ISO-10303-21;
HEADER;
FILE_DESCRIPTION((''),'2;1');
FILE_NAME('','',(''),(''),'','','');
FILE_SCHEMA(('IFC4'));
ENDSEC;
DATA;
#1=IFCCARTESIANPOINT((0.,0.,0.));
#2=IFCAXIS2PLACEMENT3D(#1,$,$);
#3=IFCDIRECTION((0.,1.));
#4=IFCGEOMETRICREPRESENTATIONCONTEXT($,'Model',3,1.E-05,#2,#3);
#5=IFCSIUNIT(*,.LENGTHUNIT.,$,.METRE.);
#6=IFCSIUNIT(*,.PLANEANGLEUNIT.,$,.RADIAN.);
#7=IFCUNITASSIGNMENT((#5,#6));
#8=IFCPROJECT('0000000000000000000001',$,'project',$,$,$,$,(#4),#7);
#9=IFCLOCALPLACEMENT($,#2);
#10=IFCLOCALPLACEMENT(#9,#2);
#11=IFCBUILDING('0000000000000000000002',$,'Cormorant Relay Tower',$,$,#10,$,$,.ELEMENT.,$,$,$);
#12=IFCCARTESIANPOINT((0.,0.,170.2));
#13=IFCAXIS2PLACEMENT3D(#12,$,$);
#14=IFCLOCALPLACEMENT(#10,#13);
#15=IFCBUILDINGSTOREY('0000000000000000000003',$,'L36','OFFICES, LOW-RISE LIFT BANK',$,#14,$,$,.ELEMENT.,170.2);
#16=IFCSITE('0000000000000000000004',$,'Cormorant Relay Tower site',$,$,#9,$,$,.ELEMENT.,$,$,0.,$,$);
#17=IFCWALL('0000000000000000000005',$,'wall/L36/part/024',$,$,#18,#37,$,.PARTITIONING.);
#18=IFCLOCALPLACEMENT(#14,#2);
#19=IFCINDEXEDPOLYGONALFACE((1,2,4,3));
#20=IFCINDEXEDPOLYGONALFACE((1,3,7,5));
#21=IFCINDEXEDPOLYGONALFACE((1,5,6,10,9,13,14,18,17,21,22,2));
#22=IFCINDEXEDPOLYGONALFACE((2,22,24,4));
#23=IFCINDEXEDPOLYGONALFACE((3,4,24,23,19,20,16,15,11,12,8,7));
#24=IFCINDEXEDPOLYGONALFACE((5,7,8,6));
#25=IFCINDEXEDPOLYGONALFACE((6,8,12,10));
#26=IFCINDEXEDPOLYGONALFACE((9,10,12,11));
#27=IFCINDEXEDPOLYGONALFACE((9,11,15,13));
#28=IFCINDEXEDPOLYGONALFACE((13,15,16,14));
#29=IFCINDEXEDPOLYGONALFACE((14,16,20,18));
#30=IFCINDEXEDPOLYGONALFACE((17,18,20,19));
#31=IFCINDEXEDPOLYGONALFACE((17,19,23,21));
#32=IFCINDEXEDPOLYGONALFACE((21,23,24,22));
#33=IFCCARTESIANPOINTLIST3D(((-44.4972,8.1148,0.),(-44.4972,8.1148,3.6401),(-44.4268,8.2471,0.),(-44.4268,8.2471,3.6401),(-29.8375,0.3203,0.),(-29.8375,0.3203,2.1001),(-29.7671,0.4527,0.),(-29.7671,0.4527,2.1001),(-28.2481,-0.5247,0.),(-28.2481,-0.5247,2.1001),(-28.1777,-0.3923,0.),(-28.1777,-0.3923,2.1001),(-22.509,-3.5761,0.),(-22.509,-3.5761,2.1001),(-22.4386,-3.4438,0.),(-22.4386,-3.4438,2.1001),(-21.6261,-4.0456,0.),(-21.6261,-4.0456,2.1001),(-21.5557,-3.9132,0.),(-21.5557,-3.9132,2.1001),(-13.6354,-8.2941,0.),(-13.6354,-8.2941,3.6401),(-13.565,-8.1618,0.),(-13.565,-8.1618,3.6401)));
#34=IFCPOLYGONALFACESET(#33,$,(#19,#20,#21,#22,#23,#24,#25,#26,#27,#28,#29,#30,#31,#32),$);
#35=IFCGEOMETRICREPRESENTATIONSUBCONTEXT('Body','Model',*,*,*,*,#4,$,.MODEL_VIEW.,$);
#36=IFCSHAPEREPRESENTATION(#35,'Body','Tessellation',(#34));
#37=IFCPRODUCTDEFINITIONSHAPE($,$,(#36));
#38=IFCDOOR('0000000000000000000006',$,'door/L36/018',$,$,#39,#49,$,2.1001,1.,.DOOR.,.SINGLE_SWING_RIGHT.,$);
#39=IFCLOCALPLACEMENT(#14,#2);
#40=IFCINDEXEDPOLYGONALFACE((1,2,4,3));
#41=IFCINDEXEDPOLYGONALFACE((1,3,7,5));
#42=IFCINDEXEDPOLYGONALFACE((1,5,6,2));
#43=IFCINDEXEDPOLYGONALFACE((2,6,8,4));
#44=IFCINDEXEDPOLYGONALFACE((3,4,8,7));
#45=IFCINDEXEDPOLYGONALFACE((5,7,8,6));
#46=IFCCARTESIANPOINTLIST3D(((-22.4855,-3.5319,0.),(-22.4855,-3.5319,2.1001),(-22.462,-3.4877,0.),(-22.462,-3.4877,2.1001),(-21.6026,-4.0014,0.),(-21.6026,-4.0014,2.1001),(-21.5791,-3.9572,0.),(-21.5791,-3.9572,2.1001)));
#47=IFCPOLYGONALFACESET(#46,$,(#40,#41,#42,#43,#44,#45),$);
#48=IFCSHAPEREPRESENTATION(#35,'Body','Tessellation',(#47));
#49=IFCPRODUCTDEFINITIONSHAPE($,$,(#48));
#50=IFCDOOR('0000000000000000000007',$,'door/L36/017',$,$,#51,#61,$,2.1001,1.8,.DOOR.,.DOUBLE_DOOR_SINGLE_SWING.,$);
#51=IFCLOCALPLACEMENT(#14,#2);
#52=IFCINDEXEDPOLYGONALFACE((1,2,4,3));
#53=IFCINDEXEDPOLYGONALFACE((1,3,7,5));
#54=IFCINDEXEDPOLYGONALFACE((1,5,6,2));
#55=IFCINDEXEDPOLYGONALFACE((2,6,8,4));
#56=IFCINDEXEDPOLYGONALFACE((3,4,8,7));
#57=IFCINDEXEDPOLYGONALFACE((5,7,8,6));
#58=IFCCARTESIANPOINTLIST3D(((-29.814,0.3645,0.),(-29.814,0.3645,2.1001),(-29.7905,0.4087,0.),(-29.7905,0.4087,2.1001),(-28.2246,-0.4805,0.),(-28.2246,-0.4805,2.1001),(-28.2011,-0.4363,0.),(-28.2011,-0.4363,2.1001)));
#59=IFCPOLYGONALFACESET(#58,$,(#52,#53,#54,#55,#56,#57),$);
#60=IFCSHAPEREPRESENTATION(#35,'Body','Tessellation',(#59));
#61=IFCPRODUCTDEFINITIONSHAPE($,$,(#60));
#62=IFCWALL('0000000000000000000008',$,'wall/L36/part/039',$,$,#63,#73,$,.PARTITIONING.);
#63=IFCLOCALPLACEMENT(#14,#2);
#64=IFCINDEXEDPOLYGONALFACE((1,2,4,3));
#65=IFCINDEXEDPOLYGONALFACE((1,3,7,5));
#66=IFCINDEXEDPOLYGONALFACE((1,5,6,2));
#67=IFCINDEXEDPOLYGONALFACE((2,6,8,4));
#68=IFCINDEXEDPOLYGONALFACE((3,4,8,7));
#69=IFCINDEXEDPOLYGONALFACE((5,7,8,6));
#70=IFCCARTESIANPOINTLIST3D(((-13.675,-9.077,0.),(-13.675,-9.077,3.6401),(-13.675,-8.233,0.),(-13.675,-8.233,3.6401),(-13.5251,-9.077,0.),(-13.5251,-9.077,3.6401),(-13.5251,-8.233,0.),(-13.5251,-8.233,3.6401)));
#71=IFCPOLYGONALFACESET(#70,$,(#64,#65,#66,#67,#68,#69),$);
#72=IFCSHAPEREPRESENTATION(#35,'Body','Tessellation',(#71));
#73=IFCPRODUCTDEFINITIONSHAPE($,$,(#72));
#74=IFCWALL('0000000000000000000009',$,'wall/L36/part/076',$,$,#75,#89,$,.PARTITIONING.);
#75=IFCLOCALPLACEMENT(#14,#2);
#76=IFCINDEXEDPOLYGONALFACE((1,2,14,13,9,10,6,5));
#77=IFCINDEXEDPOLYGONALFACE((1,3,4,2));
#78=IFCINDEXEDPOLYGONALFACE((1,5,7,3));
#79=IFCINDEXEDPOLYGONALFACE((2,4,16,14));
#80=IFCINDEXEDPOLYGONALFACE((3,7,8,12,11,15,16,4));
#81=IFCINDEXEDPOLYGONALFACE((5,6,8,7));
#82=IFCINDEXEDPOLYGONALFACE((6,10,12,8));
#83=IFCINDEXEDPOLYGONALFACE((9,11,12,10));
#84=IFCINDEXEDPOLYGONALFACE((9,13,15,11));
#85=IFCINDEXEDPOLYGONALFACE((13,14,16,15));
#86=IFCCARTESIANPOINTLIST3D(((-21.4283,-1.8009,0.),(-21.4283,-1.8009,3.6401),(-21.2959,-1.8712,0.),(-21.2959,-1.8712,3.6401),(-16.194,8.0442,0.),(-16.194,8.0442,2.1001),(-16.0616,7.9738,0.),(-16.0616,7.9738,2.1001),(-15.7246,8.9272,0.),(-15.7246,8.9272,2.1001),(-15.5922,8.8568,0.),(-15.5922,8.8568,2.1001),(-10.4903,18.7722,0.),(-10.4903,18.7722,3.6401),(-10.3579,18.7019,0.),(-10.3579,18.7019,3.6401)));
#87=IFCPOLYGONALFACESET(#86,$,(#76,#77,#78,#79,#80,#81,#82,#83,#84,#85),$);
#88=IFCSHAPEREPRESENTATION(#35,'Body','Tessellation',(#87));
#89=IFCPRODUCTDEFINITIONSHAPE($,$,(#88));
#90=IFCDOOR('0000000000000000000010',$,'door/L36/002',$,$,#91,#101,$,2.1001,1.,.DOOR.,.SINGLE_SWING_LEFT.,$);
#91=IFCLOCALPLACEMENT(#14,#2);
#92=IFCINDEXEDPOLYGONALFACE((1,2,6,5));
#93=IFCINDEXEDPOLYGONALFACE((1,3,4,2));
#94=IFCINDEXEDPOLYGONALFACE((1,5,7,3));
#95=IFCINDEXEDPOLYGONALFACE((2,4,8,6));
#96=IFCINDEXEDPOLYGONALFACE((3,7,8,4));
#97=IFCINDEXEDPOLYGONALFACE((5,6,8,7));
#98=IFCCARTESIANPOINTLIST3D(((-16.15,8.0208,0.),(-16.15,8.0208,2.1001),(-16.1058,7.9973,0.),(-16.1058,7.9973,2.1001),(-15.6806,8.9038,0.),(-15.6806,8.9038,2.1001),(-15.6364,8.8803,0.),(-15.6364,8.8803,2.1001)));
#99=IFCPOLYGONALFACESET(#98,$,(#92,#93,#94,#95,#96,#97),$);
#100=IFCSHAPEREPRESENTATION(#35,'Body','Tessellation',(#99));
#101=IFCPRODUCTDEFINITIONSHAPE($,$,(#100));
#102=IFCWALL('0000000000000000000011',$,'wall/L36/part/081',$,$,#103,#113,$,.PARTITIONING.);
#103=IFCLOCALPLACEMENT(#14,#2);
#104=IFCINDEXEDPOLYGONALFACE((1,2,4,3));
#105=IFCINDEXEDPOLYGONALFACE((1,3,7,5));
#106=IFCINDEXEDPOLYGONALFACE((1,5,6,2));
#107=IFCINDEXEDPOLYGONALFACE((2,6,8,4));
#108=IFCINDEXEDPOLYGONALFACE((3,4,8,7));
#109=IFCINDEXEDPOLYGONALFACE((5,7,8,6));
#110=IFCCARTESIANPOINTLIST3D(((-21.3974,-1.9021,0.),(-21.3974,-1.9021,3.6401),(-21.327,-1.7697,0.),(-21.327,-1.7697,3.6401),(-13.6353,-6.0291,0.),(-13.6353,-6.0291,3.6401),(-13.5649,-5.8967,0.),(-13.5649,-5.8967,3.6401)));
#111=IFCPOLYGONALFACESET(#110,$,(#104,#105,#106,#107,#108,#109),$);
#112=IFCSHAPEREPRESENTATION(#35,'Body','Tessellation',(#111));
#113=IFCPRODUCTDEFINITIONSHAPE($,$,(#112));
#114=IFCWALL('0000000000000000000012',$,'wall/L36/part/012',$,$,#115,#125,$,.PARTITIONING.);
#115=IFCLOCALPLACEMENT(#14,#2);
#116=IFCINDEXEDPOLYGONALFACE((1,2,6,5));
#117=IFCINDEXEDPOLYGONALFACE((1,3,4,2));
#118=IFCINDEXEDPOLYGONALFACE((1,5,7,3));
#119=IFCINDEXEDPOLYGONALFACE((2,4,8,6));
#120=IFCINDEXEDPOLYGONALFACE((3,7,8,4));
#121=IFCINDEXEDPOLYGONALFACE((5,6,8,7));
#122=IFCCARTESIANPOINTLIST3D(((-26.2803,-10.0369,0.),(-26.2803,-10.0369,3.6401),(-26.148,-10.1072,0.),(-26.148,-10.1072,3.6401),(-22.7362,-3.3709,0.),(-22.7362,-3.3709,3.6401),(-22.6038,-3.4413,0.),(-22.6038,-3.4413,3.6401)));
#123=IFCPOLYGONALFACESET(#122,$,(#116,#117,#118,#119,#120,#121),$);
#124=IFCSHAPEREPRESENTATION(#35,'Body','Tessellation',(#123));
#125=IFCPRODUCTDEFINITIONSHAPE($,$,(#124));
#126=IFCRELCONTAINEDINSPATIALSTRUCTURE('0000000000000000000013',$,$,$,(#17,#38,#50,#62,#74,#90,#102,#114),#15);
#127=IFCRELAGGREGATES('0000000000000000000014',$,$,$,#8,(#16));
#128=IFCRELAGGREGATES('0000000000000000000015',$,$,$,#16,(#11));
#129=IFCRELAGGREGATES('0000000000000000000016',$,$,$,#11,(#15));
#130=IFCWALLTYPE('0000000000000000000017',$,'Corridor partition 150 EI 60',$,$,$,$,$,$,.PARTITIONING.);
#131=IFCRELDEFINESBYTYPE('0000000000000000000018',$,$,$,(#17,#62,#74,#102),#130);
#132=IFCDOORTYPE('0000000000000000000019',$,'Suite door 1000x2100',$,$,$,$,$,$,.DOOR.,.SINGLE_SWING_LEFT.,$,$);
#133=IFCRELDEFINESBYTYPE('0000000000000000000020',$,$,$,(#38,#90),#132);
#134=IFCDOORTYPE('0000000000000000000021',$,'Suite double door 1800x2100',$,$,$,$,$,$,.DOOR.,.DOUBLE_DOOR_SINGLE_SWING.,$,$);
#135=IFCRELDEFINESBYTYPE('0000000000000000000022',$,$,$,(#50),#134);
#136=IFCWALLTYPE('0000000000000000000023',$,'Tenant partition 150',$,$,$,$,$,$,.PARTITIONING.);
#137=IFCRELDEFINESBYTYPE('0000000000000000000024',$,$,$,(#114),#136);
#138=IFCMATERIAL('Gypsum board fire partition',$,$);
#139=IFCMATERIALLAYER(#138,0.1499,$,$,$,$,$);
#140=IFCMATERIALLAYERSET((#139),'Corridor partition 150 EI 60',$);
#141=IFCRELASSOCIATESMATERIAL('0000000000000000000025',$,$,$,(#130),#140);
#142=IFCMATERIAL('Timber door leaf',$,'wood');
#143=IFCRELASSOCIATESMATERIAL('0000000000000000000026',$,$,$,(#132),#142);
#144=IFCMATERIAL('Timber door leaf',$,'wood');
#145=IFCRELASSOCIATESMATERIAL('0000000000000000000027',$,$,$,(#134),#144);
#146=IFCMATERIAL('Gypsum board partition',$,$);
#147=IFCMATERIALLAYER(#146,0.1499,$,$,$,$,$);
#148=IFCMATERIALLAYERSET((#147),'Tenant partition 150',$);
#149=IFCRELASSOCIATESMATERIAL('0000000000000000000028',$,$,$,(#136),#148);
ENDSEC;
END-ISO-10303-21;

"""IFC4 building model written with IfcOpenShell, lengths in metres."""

from ifc_helpers import new_model, si_unit, direction, frame, frame_2d, origin, place, context, subcontext, project, spatial, rectangle, extrude, material, layer, layer_set, type_object, element, fill, save


model = new_model("IFC4")

# Units and contexts
model_context = context("Model", 3, precision=1e-05, world=origin(), true_north=direction((0.0, 1.0)))
body_context = subcontext(model_context, "Body", "Model", "MODEL_VIEW")
ifc_project = project(units=[si_unit("LENGTHUNIT", "METRE"), si_unit("PLANEANGLEUNIT", "RADIAN")], contexts=[model_context])

# Site, building, storey
site_placement = place(None, origin())
site = spatial("IfcSite", under=ifc_project, at=site_placement, Name="Cormorant Relay Tower site", CompositionType="ELEMENT", RefElevation=0.0)
building_placement = place(site_placement, origin())
building = spatial("IfcBuilding", under=site, at=building_placement, Name="Cormorant Relay Tower", CompositionType="ELEMENT")
storey_placement = place(building_placement, frame((0.0, 0.0, 170.2)))
storey = spatial("IfcBuildingStorey", under=building, at=storey_placement, Name="L36", Description="OFFICES, LOW-RISE LIFT BANK", CompositionType="ELEMENT", Elevation=170.2)

# Wall, openings, doors
ifc_material_1 = material(Name="Gypsum board fire partition")
ifc_layer_1 = layer(ifc_material_1, 0.1499)
ifc_layer_set_1 = layer_set([ifc_layer_1], Name="Corridor partition 150 EI 60")
wall_type_1 = type_object("IfcWallType", Name="Corridor partition 150 EI 60", PredefinedType="PARTITIONING", material=ifc_layer_set_1)
wall_1_placement = place(storey_placement, frame((-13.6001, -8.228, 0.0), z_axis=(0.0, 0.0, 1.0), x_axis=(-0.882955, 0.469459, 0.0)))
wall_1 = element("IfcWall", 1, at=wall_1_placement, inside=storey, type_object=wall_type_1, Name="wall/L36/part/024", PredefinedType="PARTITIONING", context=body_context, shape_type="SweptSolid", body=[
    extrude(rectangle(XDim=34.9529, YDim=0.1499, at=frame_2d((17.4766, 0.0))), origin(), (0.0, 0.0, 1.0), 3.6401),
])
opening_1_placement = place(wall_1_placement, frame((16.55, 0.0, 0.0)))
opening_1 = element("IfcOpeningElement", 2, at=opening_1_placement, cuts=wall_1, PredefinedType="OPENING", context=body_context, shape_type="SweptSolid", body=[
    extrude(rectangle(XDim=1.8, YDim=2.1001, at=frame_2d((0.8999, 1.05))), frame((0.0, 0.085, 0.0), z_axis=(0.0, -1.0, 0.0), x_axis=(1.0, 0.0, 0.0)), (0.0, 0.0, 1.0), 0.1699),
])
opening_2_placement = place(wall_1_placement, frame((9.05, 0.0, 0.0)))
opening_2 = element("IfcOpeningElement", 3, at=opening_2_placement, cuts=wall_1, PredefinedType="OPENING", context=body_context, shape_type="SweptSolid", body=[
    extrude(rectangle(XDim=1.0, YDim=2.1001, at=frame_2d((0.5, 1.05))), frame((0.0, 0.085, 0.0), z_axis=(0.0, -1.0, 0.0), x_axis=(1.0, 0.0, 0.0)), (0.0, 0.0, 1.0), 0.1699),
])
ifc_material_2 = material(Name="Timber door leaf", Category="wood")
door_type_1 = type_object("IfcDoorType", Name="Suite door 1000x2100", OperationType="SINGLE_SWING_LEFT", PredefinedType="DOOR", material=ifc_material_2)
door_1_placement = place(opening_2_placement, origin())
door_1 = element("IfcDoor", 4, at=door_1_placement, inside=storey, type_object=door_type_1, Name="door/L36/018", OperationType="SINGLE_SWING_RIGHT", OverallHeight=2.1001, OverallWidth=1.0, PredefinedType="DOOR", context=body_context, shape_type="SweptSolid", body=[
    extrude(rectangle(XDim=1.0, YDim=2.1001, at=frame_2d((0.5, 1.05))), frame((0.0, 0.0249, 0.0), z_axis=(0.0, -1.0, 0.0), x_axis=(1.0, 0.0, 0.0)), (0.0, 0.0, 1.0), 0.05),
])
fill(opening_2, door_1)
ifc_material_3 = material(Name="Timber door leaf", Category="wood")
door_type_2 = type_object("IfcDoorType", Name="Suite double door 1800x2100", OperationType="DOUBLE_DOOR_SINGLE_SWING", PredefinedType="DOOR", material=ifc_material_3)
door_2_placement = place(opening_1_placement, origin())
door_2 = element("IfcDoor", 5, at=door_2_placement, inside=storey, type_object=door_type_2, Name="door/L36/017", OperationType="DOUBLE_DOOR_SINGLE_SWING", OverallHeight=2.1001, OverallWidth=1.8, PredefinedType="DOOR", context=body_context, shape_type="SweptSolid", body=[
    extrude(rectangle(XDim=1.8, YDim=2.1001, at=frame_2d((0.8999, 1.05))), frame((0.0, 0.0249, 0.0), z_axis=(0.0, -1.0, 0.0), x_axis=(1.0, 0.0, 0.0)), (0.0, 0.0, 1.0), 0.05),
])
fill(opening_1, door_2)

# Wall
wall_2_placement = place(storey_placement, frame((-13.6001, -9.0769, 0.0), z_axis=(0.0, 0.0, 1.0), x_axis=(0.0, 1.0, 0.0)))
element("IfcWall", 6, at=wall_2_placement, inside=storey, type_object=wall_type_1, Name="wall/L36/part/039", PredefinedType="PARTITIONING", context=body_context, shape_type="SweptSolid", body=[
    extrude(rectangle(XDim=0.844, YDim=0.1499, at=frame_2d((0.4219, 0.0))), origin(), (0.0, 0.0, 1.0), 3.6401),
])

# Wall, opening, door
wall_3_placement = place(storey_placement, frame((-21.3621, -1.8359, 0.0), z_axis=(0.0, 0.0, 1.0), x_axis=(0.469442, 0.882963, 0.0)))
wall_3 = element("IfcWall", 7, at=wall_3_placement, inside=storey, type_object=wall_type_1, Name="wall/L36/part/076", PredefinedType="PARTITIONING", context=body_context, shape_type="SweptSolid", body=[
    extrude(rectangle(XDim=23.3, YDim=0.1499, at=frame_2d((11.6499, 0.0))), origin(), (0.0, 0.0, 1.0), 3.6401),
])
opening_3_placement = place(wall_3_placement, frame((11.1499, 0.0, 0.0)))
opening_3 = element("IfcOpeningElement", 8, at=opening_3_placement, cuts=wall_3, PredefinedType="OPENING", context=body_context, shape_type="SweptSolid", body=[
    extrude(rectangle(XDim=1.0, YDim=2.1001, at=frame_2d((0.5, 1.05))), frame((0.0, 0.085, 0.0), z_axis=(0.0, -1.0, 0.0), x_axis=(1.0, 0.0, 0.0)), (0.0, 0.0, 1.0), 0.1699),
])
door_3_placement = place(opening_3_placement, frame((1.0, 0.0, 0.0), z_axis=(0.0, 0.0, 1.0), x_axis=(-1.0, 0.0, 0.0)))
door_3 = element("IfcDoor", 9, at=door_3_placement, inside=storey, type_object=door_type_1, Name="door/L36/002", OperationType="SINGLE_SWING_LEFT", OverallHeight=2.1001, OverallWidth=1.0, PredefinedType="DOOR", context=body_context, shape_type="SweptSolid", body=[
    extrude(rectangle(XDim=1.0, YDim=2.1001, at=frame_2d((0.5, 1.05))), frame((0.0, 0.0249, 0.0), z_axis=(0.0, -1.0, 0.0), x_axis=(1.0, 0.0, 0.0)), (0.0, 0.0, 1.0), 0.05),
])
fill(opening_3, door_3)

# Walls
wall_4_placement = place(storey_placement, frame((-13.6001, -5.9629, 0.0), z_axis=(0.0, 0.0, 1.0), x_axis=(-0.882955, 0.469458, 0.0)))
element("IfcWall", 10, at=wall_4_placement, inside=storey, type_object=wall_type_1, Name="wall/L36/part/081", PredefinedType="PARTITIONING", context=body_context, shape_type="SweptSolid", body=[
    extrude(rectangle(XDim=8.791, YDim=0.1499, at=frame_2d((4.3955, 0.0))), origin(), (0.0, 0.0, 1.0), 3.6401),
])
ifc_material_4 = material(Name="Gypsum board partition")
ifc_layer_2 = layer(ifc_material_4, 0.1499)
ifc_layer_set_2 = layer_set([ifc_layer_2], Name="Tenant partition 150")
wall_type_2 = type_object("IfcWallType", Name="Tenant partition 150", PredefinedType="PARTITIONING", material=ifc_layer_set_2)
wall_5_placement = place(storey_placement, frame((-22.6699, -3.406, 0.0), z_axis=(0.0, 0.0, 1.0), x_axis=(-0.469452, -0.882958, 0.0)))
element("IfcWall", 11, at=wall_5_placement, inside=storey, type_object=wall_type_2, Name="wall/L36/part/012", PredefinedType="PARTITIONING", context=body_context, shape_type="SweptSolid", body=[
    extrude(rectangle(XDim=7.5496, YDim=0.1499, at=frame_2d((3.7749, 0.0))), origin(), (0.0, 0.0, 1.0), 3.6401),
])

save(model, "model.ifc")
